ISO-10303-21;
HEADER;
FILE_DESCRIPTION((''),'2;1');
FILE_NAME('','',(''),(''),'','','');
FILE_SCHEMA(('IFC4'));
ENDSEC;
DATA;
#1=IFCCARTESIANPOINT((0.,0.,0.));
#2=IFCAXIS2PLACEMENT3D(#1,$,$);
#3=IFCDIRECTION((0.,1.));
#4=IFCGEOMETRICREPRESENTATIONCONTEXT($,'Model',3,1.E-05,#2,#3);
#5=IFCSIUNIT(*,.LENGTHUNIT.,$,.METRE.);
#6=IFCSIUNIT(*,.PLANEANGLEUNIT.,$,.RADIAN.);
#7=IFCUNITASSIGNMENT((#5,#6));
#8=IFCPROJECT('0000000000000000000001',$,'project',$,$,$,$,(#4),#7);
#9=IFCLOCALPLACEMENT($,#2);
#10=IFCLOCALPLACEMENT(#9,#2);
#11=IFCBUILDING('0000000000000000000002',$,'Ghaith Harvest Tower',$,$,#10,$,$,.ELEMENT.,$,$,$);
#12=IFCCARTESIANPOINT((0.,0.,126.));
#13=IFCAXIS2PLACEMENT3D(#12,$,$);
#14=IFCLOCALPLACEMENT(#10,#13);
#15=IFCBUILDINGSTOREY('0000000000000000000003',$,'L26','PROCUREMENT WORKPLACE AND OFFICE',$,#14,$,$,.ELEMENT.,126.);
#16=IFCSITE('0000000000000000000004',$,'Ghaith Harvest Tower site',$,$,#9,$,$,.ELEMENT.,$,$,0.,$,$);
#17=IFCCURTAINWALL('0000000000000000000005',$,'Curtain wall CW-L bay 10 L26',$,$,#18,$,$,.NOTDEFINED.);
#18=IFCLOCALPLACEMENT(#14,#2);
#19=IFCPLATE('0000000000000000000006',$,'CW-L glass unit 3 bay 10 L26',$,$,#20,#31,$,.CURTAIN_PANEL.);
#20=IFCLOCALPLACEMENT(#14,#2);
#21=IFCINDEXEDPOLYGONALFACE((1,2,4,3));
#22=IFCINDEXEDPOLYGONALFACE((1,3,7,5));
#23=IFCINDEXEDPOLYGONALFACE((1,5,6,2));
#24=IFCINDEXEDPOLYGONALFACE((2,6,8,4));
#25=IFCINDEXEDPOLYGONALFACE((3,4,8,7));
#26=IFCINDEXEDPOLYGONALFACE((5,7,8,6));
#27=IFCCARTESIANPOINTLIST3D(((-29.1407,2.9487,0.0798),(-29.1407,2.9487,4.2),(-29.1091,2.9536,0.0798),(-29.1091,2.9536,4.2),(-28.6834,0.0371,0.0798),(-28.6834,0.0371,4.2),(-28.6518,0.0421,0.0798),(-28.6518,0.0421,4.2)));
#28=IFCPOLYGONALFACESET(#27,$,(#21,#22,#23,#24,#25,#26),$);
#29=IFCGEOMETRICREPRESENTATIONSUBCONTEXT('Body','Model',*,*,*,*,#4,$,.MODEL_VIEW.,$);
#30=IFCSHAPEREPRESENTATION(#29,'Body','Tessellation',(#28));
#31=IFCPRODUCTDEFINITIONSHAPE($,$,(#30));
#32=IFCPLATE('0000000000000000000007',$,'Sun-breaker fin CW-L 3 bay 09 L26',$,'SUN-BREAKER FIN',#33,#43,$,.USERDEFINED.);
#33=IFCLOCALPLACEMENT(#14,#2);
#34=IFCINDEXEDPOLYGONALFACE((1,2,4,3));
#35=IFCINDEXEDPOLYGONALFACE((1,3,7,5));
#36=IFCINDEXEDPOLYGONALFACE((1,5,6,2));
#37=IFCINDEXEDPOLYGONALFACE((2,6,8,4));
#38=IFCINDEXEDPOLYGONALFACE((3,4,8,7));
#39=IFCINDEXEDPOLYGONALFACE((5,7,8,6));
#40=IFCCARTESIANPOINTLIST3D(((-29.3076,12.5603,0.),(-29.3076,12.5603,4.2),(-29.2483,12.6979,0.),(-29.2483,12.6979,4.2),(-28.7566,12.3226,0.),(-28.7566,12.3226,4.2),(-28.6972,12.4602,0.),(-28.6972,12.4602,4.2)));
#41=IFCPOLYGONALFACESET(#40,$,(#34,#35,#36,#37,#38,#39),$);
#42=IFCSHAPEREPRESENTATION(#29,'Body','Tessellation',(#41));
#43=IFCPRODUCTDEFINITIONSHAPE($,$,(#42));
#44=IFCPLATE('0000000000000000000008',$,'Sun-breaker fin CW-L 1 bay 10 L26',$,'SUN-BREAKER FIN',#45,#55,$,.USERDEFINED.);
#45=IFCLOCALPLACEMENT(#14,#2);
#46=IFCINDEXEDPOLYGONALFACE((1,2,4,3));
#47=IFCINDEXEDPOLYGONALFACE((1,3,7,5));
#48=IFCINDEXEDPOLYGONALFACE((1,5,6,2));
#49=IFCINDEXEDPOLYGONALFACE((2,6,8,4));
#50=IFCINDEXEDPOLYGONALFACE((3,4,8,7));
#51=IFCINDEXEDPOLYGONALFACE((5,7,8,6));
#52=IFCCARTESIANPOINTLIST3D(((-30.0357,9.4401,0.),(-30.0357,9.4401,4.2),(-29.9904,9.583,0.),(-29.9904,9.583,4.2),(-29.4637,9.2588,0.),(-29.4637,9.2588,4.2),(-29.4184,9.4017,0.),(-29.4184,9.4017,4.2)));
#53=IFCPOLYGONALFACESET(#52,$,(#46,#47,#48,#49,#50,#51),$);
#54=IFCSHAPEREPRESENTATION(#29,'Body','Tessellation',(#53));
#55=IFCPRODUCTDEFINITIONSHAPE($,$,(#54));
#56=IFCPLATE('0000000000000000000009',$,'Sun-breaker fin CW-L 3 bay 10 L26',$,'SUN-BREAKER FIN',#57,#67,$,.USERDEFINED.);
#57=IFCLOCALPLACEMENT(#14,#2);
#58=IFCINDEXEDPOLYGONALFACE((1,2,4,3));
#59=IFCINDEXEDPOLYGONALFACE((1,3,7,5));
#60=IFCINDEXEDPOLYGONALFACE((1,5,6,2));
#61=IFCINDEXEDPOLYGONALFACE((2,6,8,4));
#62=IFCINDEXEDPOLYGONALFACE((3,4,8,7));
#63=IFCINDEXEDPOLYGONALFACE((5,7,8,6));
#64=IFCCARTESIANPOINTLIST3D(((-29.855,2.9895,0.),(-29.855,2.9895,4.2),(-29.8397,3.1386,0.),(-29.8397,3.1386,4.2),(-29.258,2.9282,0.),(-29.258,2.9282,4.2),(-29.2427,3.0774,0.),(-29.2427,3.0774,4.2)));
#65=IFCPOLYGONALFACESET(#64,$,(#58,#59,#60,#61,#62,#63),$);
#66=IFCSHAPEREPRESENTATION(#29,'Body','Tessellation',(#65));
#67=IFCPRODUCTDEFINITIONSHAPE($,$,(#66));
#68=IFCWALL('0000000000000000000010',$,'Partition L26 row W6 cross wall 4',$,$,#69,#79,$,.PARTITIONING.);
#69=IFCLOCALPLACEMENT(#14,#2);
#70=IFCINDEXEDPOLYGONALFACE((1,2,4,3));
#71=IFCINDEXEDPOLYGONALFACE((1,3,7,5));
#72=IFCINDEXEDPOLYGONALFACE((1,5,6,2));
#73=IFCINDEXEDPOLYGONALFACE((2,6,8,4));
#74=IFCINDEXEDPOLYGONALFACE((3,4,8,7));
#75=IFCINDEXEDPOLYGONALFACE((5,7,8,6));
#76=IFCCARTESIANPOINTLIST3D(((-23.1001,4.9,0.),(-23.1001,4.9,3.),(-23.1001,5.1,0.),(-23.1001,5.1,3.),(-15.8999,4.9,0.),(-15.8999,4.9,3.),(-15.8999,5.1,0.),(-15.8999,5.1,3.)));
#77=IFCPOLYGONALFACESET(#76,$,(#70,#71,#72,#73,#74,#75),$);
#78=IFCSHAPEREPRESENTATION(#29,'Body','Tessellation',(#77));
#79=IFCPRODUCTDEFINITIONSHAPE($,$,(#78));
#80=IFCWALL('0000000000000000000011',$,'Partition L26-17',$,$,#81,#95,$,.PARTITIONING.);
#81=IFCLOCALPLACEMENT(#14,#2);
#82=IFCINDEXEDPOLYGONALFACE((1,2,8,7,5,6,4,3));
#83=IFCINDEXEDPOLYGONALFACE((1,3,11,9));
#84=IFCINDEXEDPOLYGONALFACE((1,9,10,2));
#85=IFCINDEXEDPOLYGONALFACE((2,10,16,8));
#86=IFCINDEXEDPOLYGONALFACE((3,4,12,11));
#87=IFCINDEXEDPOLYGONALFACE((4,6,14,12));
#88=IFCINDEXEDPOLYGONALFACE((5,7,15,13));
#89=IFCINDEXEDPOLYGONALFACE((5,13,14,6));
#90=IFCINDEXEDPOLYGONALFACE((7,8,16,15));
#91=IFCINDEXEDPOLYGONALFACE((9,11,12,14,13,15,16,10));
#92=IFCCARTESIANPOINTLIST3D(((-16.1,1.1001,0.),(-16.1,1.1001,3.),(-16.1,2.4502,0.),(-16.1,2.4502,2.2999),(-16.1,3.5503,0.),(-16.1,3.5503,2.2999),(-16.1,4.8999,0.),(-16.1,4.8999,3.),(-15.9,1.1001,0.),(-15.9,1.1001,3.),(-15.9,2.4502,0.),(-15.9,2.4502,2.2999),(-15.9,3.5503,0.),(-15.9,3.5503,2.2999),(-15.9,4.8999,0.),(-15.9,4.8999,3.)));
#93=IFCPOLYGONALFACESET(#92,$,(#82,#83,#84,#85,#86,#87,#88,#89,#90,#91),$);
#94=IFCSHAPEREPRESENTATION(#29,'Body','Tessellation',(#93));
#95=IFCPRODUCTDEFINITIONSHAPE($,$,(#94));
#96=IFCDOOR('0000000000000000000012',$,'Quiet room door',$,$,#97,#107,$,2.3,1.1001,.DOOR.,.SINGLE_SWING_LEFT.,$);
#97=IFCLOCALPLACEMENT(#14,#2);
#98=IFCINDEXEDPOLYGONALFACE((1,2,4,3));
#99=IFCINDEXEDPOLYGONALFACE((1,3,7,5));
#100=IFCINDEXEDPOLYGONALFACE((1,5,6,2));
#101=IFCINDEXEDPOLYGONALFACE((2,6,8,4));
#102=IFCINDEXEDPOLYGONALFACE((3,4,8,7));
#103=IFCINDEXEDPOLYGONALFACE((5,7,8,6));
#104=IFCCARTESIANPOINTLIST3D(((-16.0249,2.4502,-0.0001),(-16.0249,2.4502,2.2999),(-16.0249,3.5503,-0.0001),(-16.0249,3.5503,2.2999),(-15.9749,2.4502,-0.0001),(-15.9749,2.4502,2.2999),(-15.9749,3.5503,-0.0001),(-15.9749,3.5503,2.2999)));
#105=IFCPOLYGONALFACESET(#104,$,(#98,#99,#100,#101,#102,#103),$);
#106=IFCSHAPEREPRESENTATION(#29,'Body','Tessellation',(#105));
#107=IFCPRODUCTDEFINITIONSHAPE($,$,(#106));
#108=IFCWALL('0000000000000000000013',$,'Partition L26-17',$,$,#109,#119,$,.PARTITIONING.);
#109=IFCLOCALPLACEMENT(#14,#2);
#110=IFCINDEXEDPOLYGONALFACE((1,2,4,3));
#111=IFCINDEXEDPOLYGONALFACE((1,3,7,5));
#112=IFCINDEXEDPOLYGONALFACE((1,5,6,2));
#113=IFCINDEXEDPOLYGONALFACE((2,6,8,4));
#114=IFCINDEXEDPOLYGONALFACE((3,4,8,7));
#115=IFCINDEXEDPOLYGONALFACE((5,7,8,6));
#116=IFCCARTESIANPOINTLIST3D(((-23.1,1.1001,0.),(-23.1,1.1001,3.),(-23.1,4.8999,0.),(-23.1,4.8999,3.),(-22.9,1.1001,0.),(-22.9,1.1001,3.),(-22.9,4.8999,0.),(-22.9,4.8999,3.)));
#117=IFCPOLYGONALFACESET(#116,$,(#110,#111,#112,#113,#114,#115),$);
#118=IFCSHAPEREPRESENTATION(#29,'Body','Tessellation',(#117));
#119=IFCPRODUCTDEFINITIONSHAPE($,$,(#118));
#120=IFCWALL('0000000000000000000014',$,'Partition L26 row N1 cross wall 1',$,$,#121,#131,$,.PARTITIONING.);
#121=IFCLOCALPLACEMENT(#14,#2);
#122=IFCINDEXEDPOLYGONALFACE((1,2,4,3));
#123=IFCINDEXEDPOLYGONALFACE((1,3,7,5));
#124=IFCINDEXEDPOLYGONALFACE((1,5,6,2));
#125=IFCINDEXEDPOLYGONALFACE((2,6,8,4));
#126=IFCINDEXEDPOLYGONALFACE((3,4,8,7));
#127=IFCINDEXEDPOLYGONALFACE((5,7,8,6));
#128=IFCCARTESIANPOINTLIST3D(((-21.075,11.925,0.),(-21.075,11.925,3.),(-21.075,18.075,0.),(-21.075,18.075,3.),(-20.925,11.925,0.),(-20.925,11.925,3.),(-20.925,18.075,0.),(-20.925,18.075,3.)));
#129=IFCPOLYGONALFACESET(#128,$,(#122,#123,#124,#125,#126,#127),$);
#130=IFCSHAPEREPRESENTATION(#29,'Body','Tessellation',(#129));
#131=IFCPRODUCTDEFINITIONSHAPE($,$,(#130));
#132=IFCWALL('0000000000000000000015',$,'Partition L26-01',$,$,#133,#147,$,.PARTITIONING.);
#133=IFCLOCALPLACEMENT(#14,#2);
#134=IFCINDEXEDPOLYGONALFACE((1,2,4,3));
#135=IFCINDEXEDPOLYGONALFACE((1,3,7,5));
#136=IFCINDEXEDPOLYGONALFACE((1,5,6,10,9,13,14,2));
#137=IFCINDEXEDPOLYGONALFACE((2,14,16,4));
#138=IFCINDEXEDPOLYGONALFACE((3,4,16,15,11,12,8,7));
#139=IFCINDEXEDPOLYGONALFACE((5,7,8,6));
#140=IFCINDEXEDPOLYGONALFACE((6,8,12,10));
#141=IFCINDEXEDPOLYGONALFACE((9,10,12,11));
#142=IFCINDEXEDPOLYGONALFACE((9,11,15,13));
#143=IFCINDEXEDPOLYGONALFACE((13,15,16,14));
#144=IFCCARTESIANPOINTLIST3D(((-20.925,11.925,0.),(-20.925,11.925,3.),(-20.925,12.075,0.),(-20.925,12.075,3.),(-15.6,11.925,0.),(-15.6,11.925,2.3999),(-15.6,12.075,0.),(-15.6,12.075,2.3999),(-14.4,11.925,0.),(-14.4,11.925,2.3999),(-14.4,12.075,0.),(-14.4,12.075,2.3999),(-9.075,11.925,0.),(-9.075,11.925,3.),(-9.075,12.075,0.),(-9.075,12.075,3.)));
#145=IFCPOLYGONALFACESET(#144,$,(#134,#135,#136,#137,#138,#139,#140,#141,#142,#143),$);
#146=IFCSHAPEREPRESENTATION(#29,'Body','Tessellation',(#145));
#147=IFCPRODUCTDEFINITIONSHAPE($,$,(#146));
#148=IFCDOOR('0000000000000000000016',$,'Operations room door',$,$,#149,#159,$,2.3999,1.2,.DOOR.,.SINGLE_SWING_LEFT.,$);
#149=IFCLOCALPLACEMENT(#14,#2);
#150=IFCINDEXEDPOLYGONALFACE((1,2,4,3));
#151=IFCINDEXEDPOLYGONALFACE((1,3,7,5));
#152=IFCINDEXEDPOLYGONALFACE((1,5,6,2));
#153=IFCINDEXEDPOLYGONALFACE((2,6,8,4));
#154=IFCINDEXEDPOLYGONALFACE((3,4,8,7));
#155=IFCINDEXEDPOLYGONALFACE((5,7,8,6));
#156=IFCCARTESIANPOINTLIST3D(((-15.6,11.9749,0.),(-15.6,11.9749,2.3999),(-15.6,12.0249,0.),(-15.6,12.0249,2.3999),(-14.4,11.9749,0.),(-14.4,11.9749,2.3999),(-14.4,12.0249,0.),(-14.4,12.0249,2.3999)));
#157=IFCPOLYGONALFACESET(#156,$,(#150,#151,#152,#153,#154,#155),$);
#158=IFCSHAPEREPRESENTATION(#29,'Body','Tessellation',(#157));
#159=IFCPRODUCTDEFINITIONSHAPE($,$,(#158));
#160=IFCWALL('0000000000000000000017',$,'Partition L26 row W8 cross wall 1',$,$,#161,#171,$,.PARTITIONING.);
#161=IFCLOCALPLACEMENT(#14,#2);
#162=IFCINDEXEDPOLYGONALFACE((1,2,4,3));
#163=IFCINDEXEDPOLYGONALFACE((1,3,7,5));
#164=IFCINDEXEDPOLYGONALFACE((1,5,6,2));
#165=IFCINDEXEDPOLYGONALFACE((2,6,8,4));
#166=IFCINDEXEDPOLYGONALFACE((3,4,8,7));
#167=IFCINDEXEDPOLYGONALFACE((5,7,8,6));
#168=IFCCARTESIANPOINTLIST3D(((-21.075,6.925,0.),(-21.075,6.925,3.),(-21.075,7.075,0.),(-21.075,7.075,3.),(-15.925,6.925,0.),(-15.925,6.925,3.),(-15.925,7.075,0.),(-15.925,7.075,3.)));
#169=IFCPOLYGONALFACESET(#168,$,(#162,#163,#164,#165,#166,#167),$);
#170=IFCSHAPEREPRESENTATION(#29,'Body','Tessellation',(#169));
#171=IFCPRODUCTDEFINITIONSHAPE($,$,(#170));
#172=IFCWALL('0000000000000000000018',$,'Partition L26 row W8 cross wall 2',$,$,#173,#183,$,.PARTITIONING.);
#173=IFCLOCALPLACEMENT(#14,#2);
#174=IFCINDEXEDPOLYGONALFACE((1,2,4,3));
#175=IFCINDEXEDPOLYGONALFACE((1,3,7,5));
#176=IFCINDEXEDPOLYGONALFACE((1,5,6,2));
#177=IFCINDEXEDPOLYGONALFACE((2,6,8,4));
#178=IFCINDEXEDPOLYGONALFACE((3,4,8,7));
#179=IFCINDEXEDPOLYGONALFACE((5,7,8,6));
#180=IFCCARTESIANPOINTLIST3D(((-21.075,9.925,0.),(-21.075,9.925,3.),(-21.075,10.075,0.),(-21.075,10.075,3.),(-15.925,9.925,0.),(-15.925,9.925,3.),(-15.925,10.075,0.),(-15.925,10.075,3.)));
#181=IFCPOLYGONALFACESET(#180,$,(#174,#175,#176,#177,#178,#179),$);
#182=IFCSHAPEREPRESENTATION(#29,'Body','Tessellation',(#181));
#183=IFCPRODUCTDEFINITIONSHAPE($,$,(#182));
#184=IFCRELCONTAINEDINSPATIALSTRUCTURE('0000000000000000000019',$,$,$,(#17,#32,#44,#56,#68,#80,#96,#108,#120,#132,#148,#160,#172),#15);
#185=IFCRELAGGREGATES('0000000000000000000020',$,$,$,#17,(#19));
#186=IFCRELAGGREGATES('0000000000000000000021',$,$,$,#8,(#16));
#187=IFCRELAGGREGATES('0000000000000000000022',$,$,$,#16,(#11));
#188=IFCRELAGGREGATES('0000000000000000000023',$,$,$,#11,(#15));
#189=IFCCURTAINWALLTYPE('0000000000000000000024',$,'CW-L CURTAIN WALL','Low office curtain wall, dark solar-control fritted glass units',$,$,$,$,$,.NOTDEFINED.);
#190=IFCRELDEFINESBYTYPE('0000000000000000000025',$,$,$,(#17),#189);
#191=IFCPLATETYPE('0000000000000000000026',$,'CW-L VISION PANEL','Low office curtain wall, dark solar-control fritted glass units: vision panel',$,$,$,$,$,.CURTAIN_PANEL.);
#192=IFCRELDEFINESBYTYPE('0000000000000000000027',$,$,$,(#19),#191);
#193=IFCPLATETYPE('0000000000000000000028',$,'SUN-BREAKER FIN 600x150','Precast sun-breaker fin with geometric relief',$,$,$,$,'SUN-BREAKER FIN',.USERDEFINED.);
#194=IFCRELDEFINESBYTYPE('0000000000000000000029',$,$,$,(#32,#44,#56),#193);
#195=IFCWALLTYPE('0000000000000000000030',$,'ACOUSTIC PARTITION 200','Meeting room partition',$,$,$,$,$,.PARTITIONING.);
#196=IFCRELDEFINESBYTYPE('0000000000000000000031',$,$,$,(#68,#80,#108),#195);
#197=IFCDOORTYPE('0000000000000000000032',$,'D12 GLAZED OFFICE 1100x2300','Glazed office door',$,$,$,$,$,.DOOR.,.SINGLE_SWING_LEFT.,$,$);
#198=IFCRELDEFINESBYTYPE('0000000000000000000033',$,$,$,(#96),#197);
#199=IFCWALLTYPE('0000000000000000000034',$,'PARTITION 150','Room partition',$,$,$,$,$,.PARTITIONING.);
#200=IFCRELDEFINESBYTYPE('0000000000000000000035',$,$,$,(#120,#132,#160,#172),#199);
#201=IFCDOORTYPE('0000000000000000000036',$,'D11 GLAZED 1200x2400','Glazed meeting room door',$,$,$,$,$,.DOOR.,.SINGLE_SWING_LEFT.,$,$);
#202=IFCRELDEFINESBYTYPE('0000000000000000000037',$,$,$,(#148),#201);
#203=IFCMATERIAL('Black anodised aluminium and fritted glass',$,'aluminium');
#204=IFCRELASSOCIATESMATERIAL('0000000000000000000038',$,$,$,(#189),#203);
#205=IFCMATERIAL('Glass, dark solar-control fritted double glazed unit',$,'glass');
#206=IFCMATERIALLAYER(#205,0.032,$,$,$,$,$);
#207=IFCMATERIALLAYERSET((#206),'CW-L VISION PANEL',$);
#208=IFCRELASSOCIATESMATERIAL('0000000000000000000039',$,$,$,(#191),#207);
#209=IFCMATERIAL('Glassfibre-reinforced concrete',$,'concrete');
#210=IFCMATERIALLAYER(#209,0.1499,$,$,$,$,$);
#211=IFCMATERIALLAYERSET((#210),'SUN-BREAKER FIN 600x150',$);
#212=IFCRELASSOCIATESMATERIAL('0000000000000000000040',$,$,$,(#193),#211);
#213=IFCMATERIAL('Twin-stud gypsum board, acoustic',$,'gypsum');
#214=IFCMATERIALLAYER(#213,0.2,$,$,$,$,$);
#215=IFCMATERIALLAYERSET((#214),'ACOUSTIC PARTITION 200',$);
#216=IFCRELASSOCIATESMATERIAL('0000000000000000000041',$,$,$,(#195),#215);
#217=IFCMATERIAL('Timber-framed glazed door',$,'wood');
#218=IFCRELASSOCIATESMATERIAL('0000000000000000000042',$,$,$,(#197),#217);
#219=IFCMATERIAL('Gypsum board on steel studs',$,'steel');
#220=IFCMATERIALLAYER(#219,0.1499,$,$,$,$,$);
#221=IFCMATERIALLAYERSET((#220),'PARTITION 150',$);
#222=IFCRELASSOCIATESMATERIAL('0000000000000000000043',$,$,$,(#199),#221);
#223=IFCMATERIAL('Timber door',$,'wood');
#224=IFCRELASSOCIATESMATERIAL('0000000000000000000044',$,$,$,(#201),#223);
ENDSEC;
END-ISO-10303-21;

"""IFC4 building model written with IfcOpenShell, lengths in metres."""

from ifc_helpers import new_model, si_unit, direction, frame, frame_2d, origin, origin_2d, place, context, subcontext, project, spatial, rectangle, extrude, material, layer, layer_set, type_object, element, fill, aggregate, save


model = new_model("IFC4")

# Units and contexts
model_context = context("Model", 3, precision=1e-05, world=origin(), true_north=direction((0.0, 1.0)))
body_context = subcontext(model_context, "Body", "Model", "MODEL_VIEW")
ifc_project = project(units=[si_unit("LENGTHUNIT", "METRE"), si_unit("PLANEANGLEUNIT", "RADIAN")], contexts=[model_context])

# Site, building, storey
site_placement = place(None, origin())
site = spatial("IfcSite", under=ifc_project, at=site_placement, Name="Ghaith Harvest Tower site", CompositionType="ELEMENT", RefElevation=0.0)
building_placement = place(site_placement, origin())
building = spatial("IfcBuilding", under=site, at=building_placement, Name="Ghaith Harvest Tower", CompositionType="ELEMENT")
storey_placement = place(building_placement, frame((0.0, 0.0, 126.0)))
storey = spatial("IfcBuildingStorey", under=building, at=storey_placement, Name="L26", Description="PROCUREMENT WORKPLACE AND OFFICE", CompositionType="ELEMENT", Elevation=126.0)

# Shared definitions
ifc_material_1 = material(Name="Black anodised aluminium and fritted glass", Category="aluminium")
curtain_wall_type = type_object("IfcCurtainWallType", Name="CW-L CURTAIN WALL", Description="Low office curtain wall, dark solar-control fritted glass units", PredefinedType="NOTDEFINED", material=ifc_material_1)

# Curtain wall
curtain_wall_1_placement = place(storey_placement, origin())
curtain_wall_1 = element("IfcCurtainWall", 1, at=curtain_wall_1_placement, inside=storey, type_object=curtain_wall_type, Name="Curtain wall CW-L bay 10 L26", PredefinedType="NOTDEFINED")

# Plate
ifc_material_2 = material(Name="Glass, dark solar-control fritted double glazed unit", Category="glass")
ifc_layer_1 = layer(ifc_material_2, 0.032)
ifc_layer_set_1 = layer_set([ifc_layer_1], Name="CW-L VISION PANEL")
plate_type_1 = type_object("IfcPlateType", Name="CW-L VISION PANEL", Description="Low office curtain wall, dark solar-control fritted glass units: vision panel", PredefinedType="CURTAIN_PANEL", material=ifc_layer_set_1)
plate_1_placement = place(storey_placement, frame((-28.8962, 1.4954, 0.0798), z_axis=(0.0, 0.0, 1.0), x_axis=(0.155172, -0.987887, 0.0)))
plate_1 = element("IfcPlate", 2, at=plate_1_placement, type_object=plate_type_1, Name="CW-L glass unit 3 bay 10 L26", PredefinedType="CURTAIN_PANEL", context=body_context, shape_type="SweptSolid", body=[
    extrude(rectangle(XDim=2.9473, YDim=0.032, at=origin_2d()), origin(), (0.0, 0.0, 1.0), 4.1201),
])
aggregate(curtain_wall_1, [plate_1])

# Plates
ifc_material_3 = material(Name="Glassfibre-reinforced concrete", Category="concrete")
ifc_layer_2 = layer(ifc_material_3, 0.1499)
ifc_layer_set_2 = layer_set([ifc_layer_2], Name="SUN-BREAKER FIN 600x150")
plate_type_2 = type_object("IfcPlateType", Name="SUN-BREAKER FIN 600x150", Description="Precast sun-breaker fin with geometric relief", ElementType="SUN-BREAKER FIN", PredefinedType="USERDEFINED", material=ifc_layer_set_2)
for number, where, z_axis, x_axis, name in (
    (3, (-29.0024, 12.5103, 0.0), (0.0, 0.0, 1.0), (-0.918218, 0.396075, 0.0), "Sun-breaker fin CW-L 3 bay 09 L26"),
    (4, (-29.7271, 9.4209, 0.0), (0.0, 0.0, 1.0), (-0.953273, 0.30211, 0.0), "Sun-breaker fin CW-L 1 bay 10 L26"),
    (5, (-29.5488, 3.0334, 0.0), (0.0, 0.0, 1.0), (-0.994772, 0.102123, 0.0), "Sun-breaker fin CW-L 3 bay 10 L26"),
):
    element("IfcPlate", number, at=place(storey_placement, frame(where, z_axis=z_axis, x_axis=x_axis)), inside=storey, type_object=plate_type_2, Name=name, ObjectType="SUN-BREAKER FIN", PredefinedType="USERDEFINED", context=body_context, shape_type="SweptSolid", body=[
        extrude(rectangle(XDim=0.6001, YDim=0.1499, at=origin_2d()), origin(), (0.0, 0.0, 1.0), 4.2),
    ])

# Wall
ifc_material_4 = material(Name="Twin-stud gypsum board, acoustic", Category="gypsum")
ifc_layer_3 = layer(ifc_material_4, 0.2)
ifc_layer_set_3 = layer_set([ifc_layer_3], Name="ACOUSTIC PARTITION 200")
wall_type_1 = type_object("IfcWallType", Name="ACOUSTIC PARTITION 200", Description="Meeting room partition", PredefinedType="PARTITIONING", material=ifc_layer_set_3)
wall_1_placement = place(storey_placement, frame((-15.8999, 5.0, 0.0), z_axis=(0.0, 0.0, 1.0), x_axis=(-1.0, 0.0, 0.0)))
element("IfcWall", 6, at=wall_1_placement, inside=storey, type_object=wall_type_1, Name="Partition L26 row W6 cross wall 4", PredefinedType="PARTITIONING", context=body_context, shape_type="SweptSolid", body=[
    extrude(rectangle(XDim=7.2002, YDim=0.2, at=frame_2d((3.6001, 0.0))), origin(), (0.0, 0.0, 1.0), 3.0),
])

# Wall, opening, door
wall_2_placement = place(storey_placement, frame((-16.0, 1.1001, 0.0), z_axis=(0.0, 0.0, 1.0), x_axis=(0.0, 1.0, 0.0)))
wall_2 = element("IfcWall", 7, at=wall_2_placement, inside=storey, type_object=wall_type_1, Name="Partition L26-17", PredefinedType="PARTITIONING", context=body_context, shape_type="SweptSolid", body=[
    extrude(rectangle(XDim=3.7998, YDim=0.2, at=frame_2d((1.8999, 0.0))), origin(), (0.0, 0.0, 1.0), 3.0),
])
opening_1_placement = place(wall_2_placement, frame((1.3501, 0.0, 0.0)))
opening_1 = element("IfcOpeningElement", 8, at=opening_1_placement, cuts=wall_2, PredefinedType="OPENING", context=body_context, shape_type="SweptSolid", body=[
    extrude(rectangle(XDim=1.1001, YDim=2.3, at=frame_2d((0.55, 1.1499))), frame((0.0, 0.1099, 0.0), z_axis=(0.0, -1.0, 0.0), x_axis=(1.0, 0.0, 0.0)), (0.0, 0.0, 1.0), 0.22),
])
ifc_material_5 = material(Name="Timber-framed glazed door", Category="wood")
door_type_1 = type_object("IfcDoorType", Name="D12 GLAZED OFFICE 1100x2300", Description="Glazed office door", OperationType="SINGLE_SWING_LEFT", PredefinedType="DOOR", material=ifc_material_5)
door_1_placement = place(opening_1_placement, origin())
door_1 = element("IfcDoor", 9, at=door_1_placement, inside=storey, type_object=door_type_1, Name="Quiet room door", OperationType="SINGLE_SWING_LEFT", OverallHeight=2.3, OverallWidth=1.1001, PredefinedType="DOOR", context=body_context, shape_type="SweptSolid", body=[
    extrude(rectangle(XDim=1.1001, YDim=2.3, at=frame_2d((0.55, 1.1499))), frame((0.0, 0.0249, 0.0), z_axis=(0.0, -1.0, 0.0), x_axis=(1.0, 0.0, 0.0)), (0.0, 0.0, 1.0), 0.05),
])
fill(opening_1, door_1)

# Walls
wall_3_placement = place(storey_placement, frame((-23.0, 1.1001, 0.0), z_axis=(0.0, 0.0, 1.0), x_axis=(0.0, 1.0, 0.0)))
element("IfcWall", 10, at=wall_3_placement, inside=storey, type_object=wall_type_1, Name="Partition L26-17", PredefinedType="PARTITIONING", context=body_context, shape_type="SweptSolid", body=[
    extrude(rectangle(XDim=3.7998, YDim=0.2, at=frame_2d((1.8999, 0.0))), origin(), (0.0, 0.0, 1.0), 3.0),
])
ifc_material_6 = material(Name="Gypsum board on steel studs", Category="steel")
ifc_layer_4 = layer(ifc_material_6, 0.1499)
ifc_layer_set_4 = layer_set([ifc_layer_4], Name="PARTITION 150")
wall_type_2 = type_object("IfcWallType", Name="PARTITION 150", Description="Room partition", PredefinedType="PARTITIONING", material=ifc_layer_set_4)
wall_4_placement = place(storey_placement, frame((-21.0, 11.925, 0.0), z_axis=(0.0, 0.0, 1.0), x_axis=(0.0, 1.0, 0.0)))
element("IfcWall", 11, at=wall_4_placement, inside=storey, type_object=wall_type_2, Name="Partition L26 row N1 cross wall 1", PredefinedType="PARTITIONING", context=body_context, shape_type="SweptSolid", body=[
    extrude(rectangle(XDim=6.1499, YDim=0.1499, at=frame_2d((3.075, 0.0))), origin(), (0.0, 0.0, 1.0), 3.0),
])

# Wall, opening, door
wall_5_placement = place(storey_placement, frame((-20.925, 12.0, 0.0), z_axis=(0.0, 0.0, 1.0), x_axis=(1.0, 0.0, 0.0)))
wall_5 = element("IfcWall", 12, at=wall_5_placement, inside=storey, type_object=wall_type_2, Name="Partition L26-01", PredefinedType="PARTITIONING", context=body_context, shape_type="SweptSolid", body=[
    extrude(rectangle(XDim=11.8501, YDim=0.1499, at=frame_2d((5.925, 0.0))), origin(), (0.0, 0.0, 1.0), 3.0),
])
opening_2_placement = place(wall_5_placement, frame((5.325, 0.0, 0.0)))
opening_2 = element("IfcOpeningElement", 13, at=opening_2_placement, cuts=wall_5, PredefinedType="OPENING", context=body_context, shape_type="SweptSolid", body=[
    extrude(rectangle(XDim=1.2, YDim=2.3999, at=frame_2d((0.6001, 1.2))), frame((0.0, 0.085, 0.0), z_axis=(0.0, -1.0, 0.0), x_axis=(1.0, 0.0, 0.0)), (0.0, 0.0, 1.0), 0.1699),
])
ifc_material_7 = material(Name="Timber door", Category="wood")
door_type_2 = type_object("IfcDoorType", Name="D11 GLAZED 1200x2400", Description="Glazed meeting room door", OperationType="SINGLE_SWING_LEFT", PredefinedType="DOOR", material=ifc_material_7)
door_2_placement = place(opening_2_placement, origin())
door_2 = element("IfcDoor", 14, at=door_2_placement, inside=storey, type_object=door_type_2, Name="Operations room door", OperationType="SINGLE_SWING_LEFT", OverallHeight=2.3999, OverallWidth=1.2, PredefinedType="DOOR", context=body_context, shape_type="SweptSolid", body=[
    extrude(rectangle(XDim=1.2, YDim=2.3999, at=frame_2d((0.6001, 1.2))), frame((0.0, 0.0249, 0.0), z_axis=(0.0, -1.0, 0.0), x_axis=(1.0, 0.0, 0.0)), (0.0, 0.0, 1.0), 0.05),
])
fill(opening_2, door_2)

# Walls
for number, where, z_axis, x_axis, name in (
    (15, (-15.925, 7.0, 0.0), (0.0, 0.0, 1.0), (-1.0, 0.0, 0.0), "Partition L26 row W8 cross wall 1"),
    (16, (-15.925, 10.0, 0.0), (0.0, 0.0, 1.0), (-1.0, 0.0, 0.0), "Partition L26 row W8 cross wall 2"),
):
    element("IfcWall", number, at=place(storey_placement, frame(where, z_axis=z_axis, x_axis=x_axis)), inside=storey, type_object=wall_type_2, Name=name, PredefinedType="PARTITIONING", context=body_context, shape_type="SweptSolid", body=[
        extrude(rectangle(XDim=5.1499, YDim=0.1499, at=frame_2d((2.575, 0.0))), origin(), (0.0, 0.0, 1.0), 3.0),
    ])

save(model, "model.ifc")
